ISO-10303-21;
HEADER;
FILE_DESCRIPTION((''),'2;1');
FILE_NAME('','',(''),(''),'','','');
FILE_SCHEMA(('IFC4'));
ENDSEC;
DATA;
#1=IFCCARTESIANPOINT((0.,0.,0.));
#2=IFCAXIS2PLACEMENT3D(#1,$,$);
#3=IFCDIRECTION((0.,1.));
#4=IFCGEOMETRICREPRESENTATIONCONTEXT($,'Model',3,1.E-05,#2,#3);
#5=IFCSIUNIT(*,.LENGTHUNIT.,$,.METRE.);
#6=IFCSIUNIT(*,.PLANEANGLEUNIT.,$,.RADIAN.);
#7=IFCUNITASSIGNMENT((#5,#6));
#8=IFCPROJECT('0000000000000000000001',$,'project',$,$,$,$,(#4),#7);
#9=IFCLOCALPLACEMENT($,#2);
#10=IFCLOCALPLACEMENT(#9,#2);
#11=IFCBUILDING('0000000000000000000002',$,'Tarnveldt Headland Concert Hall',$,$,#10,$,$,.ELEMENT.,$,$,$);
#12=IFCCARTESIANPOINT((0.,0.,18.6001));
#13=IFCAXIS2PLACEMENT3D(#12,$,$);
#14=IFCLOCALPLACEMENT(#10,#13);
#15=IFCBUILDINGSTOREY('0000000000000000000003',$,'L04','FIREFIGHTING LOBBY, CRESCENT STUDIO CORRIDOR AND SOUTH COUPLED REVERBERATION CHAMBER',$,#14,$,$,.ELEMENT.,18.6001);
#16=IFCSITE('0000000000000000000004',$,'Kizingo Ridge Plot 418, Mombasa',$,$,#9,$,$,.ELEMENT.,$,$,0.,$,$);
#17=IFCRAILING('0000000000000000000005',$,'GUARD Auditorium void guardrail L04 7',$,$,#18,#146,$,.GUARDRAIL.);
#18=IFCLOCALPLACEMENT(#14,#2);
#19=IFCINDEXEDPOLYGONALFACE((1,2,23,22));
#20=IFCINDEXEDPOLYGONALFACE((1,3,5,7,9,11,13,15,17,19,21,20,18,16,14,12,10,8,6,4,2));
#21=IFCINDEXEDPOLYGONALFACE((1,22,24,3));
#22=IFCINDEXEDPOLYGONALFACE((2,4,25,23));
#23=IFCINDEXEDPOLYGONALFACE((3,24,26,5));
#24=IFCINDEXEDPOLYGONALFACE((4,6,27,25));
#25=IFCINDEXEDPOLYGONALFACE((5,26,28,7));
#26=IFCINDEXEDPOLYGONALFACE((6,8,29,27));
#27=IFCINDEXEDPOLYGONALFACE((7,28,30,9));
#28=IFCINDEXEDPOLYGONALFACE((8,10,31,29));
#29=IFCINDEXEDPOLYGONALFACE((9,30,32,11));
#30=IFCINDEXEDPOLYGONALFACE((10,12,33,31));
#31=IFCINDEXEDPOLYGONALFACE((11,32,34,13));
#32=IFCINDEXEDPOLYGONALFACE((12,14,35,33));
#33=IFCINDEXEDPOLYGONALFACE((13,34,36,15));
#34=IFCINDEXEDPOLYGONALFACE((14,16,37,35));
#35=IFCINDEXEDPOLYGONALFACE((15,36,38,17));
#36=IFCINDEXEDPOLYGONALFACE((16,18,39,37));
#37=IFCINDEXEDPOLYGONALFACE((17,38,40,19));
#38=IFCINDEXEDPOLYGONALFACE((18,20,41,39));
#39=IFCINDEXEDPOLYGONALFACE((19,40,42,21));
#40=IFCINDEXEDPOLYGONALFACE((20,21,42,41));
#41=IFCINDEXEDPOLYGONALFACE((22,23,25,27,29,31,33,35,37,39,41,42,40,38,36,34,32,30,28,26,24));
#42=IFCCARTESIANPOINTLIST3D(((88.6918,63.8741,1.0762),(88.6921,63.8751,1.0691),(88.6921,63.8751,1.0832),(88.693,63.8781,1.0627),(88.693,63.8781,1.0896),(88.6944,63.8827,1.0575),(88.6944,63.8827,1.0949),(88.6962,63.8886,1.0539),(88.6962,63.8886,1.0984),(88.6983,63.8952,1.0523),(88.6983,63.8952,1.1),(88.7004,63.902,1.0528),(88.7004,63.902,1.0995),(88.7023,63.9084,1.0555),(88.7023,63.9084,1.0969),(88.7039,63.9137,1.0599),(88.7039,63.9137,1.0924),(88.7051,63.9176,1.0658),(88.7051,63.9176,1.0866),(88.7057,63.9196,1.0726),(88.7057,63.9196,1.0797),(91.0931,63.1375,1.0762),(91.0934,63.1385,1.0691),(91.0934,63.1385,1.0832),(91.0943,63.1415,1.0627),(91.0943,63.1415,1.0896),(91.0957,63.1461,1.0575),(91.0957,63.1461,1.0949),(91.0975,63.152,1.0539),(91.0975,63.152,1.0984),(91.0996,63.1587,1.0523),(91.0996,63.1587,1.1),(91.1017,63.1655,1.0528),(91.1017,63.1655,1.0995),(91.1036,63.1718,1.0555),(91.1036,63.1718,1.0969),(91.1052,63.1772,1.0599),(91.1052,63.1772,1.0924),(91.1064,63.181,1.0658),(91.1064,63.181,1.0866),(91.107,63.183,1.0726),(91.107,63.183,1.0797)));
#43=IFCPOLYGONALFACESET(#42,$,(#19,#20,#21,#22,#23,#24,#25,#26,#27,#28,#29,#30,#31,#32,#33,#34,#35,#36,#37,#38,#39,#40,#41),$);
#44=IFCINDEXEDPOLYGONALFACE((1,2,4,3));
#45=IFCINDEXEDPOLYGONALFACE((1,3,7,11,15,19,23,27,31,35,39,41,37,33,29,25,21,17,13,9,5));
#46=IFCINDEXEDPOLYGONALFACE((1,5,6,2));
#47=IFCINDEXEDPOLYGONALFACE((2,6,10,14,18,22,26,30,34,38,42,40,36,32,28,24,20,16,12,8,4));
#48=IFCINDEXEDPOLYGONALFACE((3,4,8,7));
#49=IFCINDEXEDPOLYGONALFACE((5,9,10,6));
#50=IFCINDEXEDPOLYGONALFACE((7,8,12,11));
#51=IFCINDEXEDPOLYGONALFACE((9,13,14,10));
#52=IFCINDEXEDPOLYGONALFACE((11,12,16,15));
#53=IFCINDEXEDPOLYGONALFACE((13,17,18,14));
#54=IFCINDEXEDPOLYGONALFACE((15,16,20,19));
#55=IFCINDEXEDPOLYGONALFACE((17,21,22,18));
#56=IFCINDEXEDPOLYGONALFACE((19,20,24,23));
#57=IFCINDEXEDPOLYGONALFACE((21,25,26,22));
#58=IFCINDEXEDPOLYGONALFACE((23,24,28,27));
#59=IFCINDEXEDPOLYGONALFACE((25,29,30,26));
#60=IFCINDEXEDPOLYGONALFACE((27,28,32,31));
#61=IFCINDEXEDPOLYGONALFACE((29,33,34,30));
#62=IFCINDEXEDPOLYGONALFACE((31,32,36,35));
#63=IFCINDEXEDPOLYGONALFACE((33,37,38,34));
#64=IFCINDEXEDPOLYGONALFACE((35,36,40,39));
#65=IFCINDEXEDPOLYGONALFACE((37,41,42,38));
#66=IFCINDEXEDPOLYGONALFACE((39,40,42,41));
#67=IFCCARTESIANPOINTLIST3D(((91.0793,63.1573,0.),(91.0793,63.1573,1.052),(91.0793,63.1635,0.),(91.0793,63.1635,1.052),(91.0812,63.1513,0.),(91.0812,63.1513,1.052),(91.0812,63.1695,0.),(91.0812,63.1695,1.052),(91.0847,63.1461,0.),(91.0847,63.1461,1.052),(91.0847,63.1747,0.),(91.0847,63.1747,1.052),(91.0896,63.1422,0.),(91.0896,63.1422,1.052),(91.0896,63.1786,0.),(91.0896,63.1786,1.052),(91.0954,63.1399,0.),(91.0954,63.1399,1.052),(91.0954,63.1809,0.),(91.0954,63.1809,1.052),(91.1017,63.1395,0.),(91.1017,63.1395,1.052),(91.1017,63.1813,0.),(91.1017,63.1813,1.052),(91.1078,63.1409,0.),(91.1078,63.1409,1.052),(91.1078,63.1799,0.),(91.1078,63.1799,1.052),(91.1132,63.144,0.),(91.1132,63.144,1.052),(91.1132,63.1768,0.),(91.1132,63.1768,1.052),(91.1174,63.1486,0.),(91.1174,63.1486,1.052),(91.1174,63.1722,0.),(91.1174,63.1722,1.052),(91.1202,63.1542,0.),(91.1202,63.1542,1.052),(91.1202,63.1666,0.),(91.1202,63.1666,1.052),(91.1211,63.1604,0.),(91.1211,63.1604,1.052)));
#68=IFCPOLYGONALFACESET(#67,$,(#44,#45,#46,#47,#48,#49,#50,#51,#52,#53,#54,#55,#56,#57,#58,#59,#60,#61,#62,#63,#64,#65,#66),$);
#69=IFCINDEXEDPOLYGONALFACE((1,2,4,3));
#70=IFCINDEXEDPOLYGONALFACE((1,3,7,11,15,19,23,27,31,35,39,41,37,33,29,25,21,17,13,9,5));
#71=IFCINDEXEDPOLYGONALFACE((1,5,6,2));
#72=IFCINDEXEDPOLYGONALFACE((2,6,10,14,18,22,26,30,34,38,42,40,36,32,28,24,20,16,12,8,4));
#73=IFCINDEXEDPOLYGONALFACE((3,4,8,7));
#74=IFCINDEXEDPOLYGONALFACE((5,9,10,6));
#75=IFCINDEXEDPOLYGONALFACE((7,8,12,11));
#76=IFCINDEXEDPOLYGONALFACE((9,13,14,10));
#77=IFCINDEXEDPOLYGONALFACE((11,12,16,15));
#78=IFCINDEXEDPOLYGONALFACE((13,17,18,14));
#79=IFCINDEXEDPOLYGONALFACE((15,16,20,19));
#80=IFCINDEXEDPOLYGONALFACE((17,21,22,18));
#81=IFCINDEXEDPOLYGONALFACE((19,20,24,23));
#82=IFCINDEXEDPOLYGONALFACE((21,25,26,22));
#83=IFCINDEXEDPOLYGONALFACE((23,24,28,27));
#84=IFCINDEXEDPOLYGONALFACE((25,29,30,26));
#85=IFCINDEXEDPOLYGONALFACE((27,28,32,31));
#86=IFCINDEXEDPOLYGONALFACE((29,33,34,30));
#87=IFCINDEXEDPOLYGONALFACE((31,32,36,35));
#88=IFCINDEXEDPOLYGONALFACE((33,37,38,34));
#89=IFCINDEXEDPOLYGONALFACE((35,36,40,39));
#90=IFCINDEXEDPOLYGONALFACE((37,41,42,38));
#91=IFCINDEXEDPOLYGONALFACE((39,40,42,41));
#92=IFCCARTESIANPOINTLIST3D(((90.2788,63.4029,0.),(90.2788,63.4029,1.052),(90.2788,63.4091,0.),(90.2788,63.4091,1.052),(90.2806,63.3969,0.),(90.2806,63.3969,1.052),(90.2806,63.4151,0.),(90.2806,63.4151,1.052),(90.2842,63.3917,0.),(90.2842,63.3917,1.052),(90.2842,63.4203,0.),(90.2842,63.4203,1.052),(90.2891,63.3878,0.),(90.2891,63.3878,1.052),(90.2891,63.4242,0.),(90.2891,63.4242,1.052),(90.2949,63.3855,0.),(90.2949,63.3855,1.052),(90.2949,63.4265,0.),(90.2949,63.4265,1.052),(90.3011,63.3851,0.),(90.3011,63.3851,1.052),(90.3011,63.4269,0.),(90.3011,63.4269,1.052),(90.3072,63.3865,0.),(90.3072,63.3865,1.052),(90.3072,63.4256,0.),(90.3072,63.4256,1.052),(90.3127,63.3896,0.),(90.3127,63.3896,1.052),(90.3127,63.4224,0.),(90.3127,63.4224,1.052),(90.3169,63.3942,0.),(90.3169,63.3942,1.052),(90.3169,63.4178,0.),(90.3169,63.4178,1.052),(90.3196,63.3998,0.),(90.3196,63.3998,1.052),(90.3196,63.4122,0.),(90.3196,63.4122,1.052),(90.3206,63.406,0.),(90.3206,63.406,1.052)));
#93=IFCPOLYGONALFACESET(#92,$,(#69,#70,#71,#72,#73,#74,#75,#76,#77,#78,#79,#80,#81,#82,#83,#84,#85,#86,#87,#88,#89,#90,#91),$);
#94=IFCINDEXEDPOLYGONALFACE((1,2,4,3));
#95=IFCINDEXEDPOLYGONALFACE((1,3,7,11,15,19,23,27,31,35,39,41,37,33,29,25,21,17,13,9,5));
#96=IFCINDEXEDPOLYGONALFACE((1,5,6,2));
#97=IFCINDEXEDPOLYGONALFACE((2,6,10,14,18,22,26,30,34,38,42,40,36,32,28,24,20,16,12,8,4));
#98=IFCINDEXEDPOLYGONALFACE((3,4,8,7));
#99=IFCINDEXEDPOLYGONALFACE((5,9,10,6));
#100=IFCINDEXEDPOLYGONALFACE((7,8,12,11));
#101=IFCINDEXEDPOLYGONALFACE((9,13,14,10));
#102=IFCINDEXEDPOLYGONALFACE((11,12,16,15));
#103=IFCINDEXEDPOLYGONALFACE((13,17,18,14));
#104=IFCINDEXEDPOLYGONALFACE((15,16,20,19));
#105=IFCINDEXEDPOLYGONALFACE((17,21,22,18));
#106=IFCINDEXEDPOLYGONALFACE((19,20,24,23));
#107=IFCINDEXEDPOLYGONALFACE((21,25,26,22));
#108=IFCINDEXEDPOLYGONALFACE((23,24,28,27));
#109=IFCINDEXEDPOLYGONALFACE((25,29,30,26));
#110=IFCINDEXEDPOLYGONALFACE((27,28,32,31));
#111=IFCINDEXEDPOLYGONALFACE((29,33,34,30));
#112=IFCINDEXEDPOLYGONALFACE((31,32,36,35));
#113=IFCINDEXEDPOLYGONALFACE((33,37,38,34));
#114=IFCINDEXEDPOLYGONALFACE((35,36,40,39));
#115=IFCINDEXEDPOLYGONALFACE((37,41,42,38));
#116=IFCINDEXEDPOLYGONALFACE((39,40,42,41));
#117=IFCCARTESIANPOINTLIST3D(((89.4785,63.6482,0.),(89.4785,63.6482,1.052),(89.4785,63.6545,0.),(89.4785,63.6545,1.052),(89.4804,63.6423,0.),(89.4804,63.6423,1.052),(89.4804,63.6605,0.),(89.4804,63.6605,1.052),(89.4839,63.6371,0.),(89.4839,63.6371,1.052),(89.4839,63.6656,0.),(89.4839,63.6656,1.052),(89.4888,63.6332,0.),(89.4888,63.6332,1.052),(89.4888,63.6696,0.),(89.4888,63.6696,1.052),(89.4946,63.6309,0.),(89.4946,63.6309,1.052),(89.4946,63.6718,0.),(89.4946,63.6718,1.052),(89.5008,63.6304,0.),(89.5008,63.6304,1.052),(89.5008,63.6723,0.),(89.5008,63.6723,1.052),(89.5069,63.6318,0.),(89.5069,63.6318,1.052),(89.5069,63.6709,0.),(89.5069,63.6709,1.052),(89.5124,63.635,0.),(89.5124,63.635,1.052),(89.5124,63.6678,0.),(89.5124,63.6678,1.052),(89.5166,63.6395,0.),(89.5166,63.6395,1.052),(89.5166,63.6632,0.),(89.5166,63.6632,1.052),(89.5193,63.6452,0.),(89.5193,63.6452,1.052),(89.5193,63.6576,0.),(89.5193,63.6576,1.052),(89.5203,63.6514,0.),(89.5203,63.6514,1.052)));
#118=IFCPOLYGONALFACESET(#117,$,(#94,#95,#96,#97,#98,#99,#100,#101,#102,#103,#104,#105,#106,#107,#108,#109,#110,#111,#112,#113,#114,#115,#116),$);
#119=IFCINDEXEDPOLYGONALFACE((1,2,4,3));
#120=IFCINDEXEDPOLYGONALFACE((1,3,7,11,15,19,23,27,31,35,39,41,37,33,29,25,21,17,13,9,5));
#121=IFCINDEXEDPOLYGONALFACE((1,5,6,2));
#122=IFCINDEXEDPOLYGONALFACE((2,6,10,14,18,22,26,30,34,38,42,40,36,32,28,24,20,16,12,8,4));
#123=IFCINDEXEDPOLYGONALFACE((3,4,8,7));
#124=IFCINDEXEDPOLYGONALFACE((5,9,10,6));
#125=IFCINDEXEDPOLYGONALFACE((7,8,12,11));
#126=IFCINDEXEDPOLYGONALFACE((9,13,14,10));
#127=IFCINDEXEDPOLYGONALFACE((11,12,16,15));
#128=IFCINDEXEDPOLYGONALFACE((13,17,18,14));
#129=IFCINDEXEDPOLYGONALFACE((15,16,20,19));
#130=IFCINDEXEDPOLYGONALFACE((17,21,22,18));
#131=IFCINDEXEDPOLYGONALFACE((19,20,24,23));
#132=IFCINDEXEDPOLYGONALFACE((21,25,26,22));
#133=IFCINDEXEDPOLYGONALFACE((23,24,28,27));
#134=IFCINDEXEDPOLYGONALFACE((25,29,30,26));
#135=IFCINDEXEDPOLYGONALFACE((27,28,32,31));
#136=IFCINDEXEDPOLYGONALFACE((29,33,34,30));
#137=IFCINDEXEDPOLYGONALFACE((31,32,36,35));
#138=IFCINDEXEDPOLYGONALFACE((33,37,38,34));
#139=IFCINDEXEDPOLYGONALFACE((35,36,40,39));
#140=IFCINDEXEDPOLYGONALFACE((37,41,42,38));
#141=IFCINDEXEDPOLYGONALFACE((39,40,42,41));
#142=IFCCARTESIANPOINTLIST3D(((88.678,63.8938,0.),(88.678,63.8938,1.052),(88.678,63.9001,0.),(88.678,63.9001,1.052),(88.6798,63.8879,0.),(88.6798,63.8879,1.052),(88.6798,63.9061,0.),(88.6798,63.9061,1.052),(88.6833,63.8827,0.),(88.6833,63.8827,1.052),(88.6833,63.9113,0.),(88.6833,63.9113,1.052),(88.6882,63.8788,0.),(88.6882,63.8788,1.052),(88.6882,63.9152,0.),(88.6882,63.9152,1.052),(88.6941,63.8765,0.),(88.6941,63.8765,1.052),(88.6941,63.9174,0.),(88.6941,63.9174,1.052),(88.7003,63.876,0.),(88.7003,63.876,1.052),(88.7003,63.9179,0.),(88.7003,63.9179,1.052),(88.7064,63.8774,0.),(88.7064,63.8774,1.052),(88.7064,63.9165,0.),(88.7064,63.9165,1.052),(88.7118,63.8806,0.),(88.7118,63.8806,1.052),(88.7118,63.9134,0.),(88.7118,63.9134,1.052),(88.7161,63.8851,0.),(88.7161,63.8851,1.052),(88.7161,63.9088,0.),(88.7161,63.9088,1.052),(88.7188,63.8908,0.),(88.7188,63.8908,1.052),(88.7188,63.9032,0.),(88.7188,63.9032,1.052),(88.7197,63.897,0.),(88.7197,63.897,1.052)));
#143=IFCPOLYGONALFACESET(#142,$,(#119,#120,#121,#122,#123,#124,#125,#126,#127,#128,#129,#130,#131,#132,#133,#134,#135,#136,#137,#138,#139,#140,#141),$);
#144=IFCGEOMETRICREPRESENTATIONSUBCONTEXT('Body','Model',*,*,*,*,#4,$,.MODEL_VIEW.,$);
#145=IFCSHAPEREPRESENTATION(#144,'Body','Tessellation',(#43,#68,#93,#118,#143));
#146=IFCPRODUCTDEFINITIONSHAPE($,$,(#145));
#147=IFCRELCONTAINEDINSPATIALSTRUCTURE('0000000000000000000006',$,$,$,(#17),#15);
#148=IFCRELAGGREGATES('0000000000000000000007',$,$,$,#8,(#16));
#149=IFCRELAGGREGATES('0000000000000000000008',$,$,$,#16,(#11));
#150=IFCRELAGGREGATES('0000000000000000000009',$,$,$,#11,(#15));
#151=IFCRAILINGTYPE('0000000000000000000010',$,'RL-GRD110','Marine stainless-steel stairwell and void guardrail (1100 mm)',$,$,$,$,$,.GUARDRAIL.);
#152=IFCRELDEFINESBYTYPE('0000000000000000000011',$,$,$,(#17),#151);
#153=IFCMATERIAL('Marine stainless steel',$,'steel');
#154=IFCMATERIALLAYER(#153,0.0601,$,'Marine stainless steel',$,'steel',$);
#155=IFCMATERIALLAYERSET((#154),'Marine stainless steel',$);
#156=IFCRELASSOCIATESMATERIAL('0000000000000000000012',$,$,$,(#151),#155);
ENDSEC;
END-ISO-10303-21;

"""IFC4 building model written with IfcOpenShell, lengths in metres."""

from ifc_helpers import new_model, si_unit, direction, frame, origin, origin_2d, place, context, subcontext, project, spatial, circle, extrude, material, layer, layer_set, type_object, element, save


model = new_model("IFC4")

# Units and contexts
model_context = context("Model", 3, precision=1e-05, world=origin(), true_north=direction((0.0, 1.0)))
body_context = subcontext(model_context, "Body", "Model", "MODEL_VIEW")
ifc_project = project(units=[si_unit("LENGTHUNIT", "METRE"), si_unit("PLANEANGLEUNIT", "RADIAN")], contexts=[model_context])

# Site, building, storey
site_placement = place(None, origin())
site = spatial("IfcSite", under=ifc_project, at=site_placement, Name="Kizingo Ridge Plot 418, Mombasa", CompositionType="ELEMENT", RefElevation=0.0)
building_placement = place(site_placement, origin())
building = spatial("IfcBuilding", under=site, at=building_placement, Name="Tarnveldt Headland Concert Hall", CompositionType="ELEMENT")
storey_placement = place(building_placement, frame((0.0, 0.0, 18.6001)))
storey = spatial("IfcBuildingStorey", under=building, at=storey_placement, Name="L04", Description="FIREFIGHTING LOBBY, CRESCENT STUDIO CORRIDOR AND SOUTH COUPLED REVERBERATION CHAMBER", CompositionType="ELEMENT", Elevation=18.6001)

# Railing
ifc_material_1 = material(Name="Marine stainless steel", Category="steel")
ifc_layer_1 = layer(ifc_material_1, 0.0601, Name="Marine stainless steel", Category="steel")
ifc_layer_set_1 = layer_set([ifc_layer_1], Name="Marine stainless steel")
railing_type = type_object("IfcRailingType", Name="RL-GRD110", Description="Marine stainless-steel stairwell and void guardrail (1100 mm)", PredefinedType="GUARDRAIL", material=ifc_layer_set_1)
railing_1_placement = place(storey_placement, frame((91.1001, 63.1604, 0.0)))
element("IfcRailing", 1, at=railing_1_placement, inside=storey, type_object=railing_type, Name="GUARD Auditorium void guardrail L04 7", PredefinedType="GUARDRAIL", context=body_context, shape_type="SweptSolid", body=[
    extrude(circle(Radius=0.0239, at=origin_2d()), frame((0.0, 0.0, 1.0762), z_axis=(-0.956037, 0.293246, 0.0), x_axis=(-0.293246, -0.956037, 0.0)), (0.0, 0.0, 1.0), 2.5117),
    extrude(circle(Radius=0.021, at=origin_2d()), origin(), (0.0, 0.0, 1.0), 1.052),
    extrude(circle(Radius=0.021, at=origin_2d()), frame((-0.8005, 0.2456, 0.0)), (0.0, 0.0, 1.0), 1.052),
    extrude(circle(Radius=0.021, at=origin_2d()), frame((-1.6008, 0.491, 0.0)), (0.0, 0.0, 1.0), 1.052),
    extrude(circle(Radius=0.021, at=origin_2d()), frame((-2.4014, 0.7366, 0.0)), (0.0, 0.0, 1.0), 1.052),
])

save(model, "model.ifc")
